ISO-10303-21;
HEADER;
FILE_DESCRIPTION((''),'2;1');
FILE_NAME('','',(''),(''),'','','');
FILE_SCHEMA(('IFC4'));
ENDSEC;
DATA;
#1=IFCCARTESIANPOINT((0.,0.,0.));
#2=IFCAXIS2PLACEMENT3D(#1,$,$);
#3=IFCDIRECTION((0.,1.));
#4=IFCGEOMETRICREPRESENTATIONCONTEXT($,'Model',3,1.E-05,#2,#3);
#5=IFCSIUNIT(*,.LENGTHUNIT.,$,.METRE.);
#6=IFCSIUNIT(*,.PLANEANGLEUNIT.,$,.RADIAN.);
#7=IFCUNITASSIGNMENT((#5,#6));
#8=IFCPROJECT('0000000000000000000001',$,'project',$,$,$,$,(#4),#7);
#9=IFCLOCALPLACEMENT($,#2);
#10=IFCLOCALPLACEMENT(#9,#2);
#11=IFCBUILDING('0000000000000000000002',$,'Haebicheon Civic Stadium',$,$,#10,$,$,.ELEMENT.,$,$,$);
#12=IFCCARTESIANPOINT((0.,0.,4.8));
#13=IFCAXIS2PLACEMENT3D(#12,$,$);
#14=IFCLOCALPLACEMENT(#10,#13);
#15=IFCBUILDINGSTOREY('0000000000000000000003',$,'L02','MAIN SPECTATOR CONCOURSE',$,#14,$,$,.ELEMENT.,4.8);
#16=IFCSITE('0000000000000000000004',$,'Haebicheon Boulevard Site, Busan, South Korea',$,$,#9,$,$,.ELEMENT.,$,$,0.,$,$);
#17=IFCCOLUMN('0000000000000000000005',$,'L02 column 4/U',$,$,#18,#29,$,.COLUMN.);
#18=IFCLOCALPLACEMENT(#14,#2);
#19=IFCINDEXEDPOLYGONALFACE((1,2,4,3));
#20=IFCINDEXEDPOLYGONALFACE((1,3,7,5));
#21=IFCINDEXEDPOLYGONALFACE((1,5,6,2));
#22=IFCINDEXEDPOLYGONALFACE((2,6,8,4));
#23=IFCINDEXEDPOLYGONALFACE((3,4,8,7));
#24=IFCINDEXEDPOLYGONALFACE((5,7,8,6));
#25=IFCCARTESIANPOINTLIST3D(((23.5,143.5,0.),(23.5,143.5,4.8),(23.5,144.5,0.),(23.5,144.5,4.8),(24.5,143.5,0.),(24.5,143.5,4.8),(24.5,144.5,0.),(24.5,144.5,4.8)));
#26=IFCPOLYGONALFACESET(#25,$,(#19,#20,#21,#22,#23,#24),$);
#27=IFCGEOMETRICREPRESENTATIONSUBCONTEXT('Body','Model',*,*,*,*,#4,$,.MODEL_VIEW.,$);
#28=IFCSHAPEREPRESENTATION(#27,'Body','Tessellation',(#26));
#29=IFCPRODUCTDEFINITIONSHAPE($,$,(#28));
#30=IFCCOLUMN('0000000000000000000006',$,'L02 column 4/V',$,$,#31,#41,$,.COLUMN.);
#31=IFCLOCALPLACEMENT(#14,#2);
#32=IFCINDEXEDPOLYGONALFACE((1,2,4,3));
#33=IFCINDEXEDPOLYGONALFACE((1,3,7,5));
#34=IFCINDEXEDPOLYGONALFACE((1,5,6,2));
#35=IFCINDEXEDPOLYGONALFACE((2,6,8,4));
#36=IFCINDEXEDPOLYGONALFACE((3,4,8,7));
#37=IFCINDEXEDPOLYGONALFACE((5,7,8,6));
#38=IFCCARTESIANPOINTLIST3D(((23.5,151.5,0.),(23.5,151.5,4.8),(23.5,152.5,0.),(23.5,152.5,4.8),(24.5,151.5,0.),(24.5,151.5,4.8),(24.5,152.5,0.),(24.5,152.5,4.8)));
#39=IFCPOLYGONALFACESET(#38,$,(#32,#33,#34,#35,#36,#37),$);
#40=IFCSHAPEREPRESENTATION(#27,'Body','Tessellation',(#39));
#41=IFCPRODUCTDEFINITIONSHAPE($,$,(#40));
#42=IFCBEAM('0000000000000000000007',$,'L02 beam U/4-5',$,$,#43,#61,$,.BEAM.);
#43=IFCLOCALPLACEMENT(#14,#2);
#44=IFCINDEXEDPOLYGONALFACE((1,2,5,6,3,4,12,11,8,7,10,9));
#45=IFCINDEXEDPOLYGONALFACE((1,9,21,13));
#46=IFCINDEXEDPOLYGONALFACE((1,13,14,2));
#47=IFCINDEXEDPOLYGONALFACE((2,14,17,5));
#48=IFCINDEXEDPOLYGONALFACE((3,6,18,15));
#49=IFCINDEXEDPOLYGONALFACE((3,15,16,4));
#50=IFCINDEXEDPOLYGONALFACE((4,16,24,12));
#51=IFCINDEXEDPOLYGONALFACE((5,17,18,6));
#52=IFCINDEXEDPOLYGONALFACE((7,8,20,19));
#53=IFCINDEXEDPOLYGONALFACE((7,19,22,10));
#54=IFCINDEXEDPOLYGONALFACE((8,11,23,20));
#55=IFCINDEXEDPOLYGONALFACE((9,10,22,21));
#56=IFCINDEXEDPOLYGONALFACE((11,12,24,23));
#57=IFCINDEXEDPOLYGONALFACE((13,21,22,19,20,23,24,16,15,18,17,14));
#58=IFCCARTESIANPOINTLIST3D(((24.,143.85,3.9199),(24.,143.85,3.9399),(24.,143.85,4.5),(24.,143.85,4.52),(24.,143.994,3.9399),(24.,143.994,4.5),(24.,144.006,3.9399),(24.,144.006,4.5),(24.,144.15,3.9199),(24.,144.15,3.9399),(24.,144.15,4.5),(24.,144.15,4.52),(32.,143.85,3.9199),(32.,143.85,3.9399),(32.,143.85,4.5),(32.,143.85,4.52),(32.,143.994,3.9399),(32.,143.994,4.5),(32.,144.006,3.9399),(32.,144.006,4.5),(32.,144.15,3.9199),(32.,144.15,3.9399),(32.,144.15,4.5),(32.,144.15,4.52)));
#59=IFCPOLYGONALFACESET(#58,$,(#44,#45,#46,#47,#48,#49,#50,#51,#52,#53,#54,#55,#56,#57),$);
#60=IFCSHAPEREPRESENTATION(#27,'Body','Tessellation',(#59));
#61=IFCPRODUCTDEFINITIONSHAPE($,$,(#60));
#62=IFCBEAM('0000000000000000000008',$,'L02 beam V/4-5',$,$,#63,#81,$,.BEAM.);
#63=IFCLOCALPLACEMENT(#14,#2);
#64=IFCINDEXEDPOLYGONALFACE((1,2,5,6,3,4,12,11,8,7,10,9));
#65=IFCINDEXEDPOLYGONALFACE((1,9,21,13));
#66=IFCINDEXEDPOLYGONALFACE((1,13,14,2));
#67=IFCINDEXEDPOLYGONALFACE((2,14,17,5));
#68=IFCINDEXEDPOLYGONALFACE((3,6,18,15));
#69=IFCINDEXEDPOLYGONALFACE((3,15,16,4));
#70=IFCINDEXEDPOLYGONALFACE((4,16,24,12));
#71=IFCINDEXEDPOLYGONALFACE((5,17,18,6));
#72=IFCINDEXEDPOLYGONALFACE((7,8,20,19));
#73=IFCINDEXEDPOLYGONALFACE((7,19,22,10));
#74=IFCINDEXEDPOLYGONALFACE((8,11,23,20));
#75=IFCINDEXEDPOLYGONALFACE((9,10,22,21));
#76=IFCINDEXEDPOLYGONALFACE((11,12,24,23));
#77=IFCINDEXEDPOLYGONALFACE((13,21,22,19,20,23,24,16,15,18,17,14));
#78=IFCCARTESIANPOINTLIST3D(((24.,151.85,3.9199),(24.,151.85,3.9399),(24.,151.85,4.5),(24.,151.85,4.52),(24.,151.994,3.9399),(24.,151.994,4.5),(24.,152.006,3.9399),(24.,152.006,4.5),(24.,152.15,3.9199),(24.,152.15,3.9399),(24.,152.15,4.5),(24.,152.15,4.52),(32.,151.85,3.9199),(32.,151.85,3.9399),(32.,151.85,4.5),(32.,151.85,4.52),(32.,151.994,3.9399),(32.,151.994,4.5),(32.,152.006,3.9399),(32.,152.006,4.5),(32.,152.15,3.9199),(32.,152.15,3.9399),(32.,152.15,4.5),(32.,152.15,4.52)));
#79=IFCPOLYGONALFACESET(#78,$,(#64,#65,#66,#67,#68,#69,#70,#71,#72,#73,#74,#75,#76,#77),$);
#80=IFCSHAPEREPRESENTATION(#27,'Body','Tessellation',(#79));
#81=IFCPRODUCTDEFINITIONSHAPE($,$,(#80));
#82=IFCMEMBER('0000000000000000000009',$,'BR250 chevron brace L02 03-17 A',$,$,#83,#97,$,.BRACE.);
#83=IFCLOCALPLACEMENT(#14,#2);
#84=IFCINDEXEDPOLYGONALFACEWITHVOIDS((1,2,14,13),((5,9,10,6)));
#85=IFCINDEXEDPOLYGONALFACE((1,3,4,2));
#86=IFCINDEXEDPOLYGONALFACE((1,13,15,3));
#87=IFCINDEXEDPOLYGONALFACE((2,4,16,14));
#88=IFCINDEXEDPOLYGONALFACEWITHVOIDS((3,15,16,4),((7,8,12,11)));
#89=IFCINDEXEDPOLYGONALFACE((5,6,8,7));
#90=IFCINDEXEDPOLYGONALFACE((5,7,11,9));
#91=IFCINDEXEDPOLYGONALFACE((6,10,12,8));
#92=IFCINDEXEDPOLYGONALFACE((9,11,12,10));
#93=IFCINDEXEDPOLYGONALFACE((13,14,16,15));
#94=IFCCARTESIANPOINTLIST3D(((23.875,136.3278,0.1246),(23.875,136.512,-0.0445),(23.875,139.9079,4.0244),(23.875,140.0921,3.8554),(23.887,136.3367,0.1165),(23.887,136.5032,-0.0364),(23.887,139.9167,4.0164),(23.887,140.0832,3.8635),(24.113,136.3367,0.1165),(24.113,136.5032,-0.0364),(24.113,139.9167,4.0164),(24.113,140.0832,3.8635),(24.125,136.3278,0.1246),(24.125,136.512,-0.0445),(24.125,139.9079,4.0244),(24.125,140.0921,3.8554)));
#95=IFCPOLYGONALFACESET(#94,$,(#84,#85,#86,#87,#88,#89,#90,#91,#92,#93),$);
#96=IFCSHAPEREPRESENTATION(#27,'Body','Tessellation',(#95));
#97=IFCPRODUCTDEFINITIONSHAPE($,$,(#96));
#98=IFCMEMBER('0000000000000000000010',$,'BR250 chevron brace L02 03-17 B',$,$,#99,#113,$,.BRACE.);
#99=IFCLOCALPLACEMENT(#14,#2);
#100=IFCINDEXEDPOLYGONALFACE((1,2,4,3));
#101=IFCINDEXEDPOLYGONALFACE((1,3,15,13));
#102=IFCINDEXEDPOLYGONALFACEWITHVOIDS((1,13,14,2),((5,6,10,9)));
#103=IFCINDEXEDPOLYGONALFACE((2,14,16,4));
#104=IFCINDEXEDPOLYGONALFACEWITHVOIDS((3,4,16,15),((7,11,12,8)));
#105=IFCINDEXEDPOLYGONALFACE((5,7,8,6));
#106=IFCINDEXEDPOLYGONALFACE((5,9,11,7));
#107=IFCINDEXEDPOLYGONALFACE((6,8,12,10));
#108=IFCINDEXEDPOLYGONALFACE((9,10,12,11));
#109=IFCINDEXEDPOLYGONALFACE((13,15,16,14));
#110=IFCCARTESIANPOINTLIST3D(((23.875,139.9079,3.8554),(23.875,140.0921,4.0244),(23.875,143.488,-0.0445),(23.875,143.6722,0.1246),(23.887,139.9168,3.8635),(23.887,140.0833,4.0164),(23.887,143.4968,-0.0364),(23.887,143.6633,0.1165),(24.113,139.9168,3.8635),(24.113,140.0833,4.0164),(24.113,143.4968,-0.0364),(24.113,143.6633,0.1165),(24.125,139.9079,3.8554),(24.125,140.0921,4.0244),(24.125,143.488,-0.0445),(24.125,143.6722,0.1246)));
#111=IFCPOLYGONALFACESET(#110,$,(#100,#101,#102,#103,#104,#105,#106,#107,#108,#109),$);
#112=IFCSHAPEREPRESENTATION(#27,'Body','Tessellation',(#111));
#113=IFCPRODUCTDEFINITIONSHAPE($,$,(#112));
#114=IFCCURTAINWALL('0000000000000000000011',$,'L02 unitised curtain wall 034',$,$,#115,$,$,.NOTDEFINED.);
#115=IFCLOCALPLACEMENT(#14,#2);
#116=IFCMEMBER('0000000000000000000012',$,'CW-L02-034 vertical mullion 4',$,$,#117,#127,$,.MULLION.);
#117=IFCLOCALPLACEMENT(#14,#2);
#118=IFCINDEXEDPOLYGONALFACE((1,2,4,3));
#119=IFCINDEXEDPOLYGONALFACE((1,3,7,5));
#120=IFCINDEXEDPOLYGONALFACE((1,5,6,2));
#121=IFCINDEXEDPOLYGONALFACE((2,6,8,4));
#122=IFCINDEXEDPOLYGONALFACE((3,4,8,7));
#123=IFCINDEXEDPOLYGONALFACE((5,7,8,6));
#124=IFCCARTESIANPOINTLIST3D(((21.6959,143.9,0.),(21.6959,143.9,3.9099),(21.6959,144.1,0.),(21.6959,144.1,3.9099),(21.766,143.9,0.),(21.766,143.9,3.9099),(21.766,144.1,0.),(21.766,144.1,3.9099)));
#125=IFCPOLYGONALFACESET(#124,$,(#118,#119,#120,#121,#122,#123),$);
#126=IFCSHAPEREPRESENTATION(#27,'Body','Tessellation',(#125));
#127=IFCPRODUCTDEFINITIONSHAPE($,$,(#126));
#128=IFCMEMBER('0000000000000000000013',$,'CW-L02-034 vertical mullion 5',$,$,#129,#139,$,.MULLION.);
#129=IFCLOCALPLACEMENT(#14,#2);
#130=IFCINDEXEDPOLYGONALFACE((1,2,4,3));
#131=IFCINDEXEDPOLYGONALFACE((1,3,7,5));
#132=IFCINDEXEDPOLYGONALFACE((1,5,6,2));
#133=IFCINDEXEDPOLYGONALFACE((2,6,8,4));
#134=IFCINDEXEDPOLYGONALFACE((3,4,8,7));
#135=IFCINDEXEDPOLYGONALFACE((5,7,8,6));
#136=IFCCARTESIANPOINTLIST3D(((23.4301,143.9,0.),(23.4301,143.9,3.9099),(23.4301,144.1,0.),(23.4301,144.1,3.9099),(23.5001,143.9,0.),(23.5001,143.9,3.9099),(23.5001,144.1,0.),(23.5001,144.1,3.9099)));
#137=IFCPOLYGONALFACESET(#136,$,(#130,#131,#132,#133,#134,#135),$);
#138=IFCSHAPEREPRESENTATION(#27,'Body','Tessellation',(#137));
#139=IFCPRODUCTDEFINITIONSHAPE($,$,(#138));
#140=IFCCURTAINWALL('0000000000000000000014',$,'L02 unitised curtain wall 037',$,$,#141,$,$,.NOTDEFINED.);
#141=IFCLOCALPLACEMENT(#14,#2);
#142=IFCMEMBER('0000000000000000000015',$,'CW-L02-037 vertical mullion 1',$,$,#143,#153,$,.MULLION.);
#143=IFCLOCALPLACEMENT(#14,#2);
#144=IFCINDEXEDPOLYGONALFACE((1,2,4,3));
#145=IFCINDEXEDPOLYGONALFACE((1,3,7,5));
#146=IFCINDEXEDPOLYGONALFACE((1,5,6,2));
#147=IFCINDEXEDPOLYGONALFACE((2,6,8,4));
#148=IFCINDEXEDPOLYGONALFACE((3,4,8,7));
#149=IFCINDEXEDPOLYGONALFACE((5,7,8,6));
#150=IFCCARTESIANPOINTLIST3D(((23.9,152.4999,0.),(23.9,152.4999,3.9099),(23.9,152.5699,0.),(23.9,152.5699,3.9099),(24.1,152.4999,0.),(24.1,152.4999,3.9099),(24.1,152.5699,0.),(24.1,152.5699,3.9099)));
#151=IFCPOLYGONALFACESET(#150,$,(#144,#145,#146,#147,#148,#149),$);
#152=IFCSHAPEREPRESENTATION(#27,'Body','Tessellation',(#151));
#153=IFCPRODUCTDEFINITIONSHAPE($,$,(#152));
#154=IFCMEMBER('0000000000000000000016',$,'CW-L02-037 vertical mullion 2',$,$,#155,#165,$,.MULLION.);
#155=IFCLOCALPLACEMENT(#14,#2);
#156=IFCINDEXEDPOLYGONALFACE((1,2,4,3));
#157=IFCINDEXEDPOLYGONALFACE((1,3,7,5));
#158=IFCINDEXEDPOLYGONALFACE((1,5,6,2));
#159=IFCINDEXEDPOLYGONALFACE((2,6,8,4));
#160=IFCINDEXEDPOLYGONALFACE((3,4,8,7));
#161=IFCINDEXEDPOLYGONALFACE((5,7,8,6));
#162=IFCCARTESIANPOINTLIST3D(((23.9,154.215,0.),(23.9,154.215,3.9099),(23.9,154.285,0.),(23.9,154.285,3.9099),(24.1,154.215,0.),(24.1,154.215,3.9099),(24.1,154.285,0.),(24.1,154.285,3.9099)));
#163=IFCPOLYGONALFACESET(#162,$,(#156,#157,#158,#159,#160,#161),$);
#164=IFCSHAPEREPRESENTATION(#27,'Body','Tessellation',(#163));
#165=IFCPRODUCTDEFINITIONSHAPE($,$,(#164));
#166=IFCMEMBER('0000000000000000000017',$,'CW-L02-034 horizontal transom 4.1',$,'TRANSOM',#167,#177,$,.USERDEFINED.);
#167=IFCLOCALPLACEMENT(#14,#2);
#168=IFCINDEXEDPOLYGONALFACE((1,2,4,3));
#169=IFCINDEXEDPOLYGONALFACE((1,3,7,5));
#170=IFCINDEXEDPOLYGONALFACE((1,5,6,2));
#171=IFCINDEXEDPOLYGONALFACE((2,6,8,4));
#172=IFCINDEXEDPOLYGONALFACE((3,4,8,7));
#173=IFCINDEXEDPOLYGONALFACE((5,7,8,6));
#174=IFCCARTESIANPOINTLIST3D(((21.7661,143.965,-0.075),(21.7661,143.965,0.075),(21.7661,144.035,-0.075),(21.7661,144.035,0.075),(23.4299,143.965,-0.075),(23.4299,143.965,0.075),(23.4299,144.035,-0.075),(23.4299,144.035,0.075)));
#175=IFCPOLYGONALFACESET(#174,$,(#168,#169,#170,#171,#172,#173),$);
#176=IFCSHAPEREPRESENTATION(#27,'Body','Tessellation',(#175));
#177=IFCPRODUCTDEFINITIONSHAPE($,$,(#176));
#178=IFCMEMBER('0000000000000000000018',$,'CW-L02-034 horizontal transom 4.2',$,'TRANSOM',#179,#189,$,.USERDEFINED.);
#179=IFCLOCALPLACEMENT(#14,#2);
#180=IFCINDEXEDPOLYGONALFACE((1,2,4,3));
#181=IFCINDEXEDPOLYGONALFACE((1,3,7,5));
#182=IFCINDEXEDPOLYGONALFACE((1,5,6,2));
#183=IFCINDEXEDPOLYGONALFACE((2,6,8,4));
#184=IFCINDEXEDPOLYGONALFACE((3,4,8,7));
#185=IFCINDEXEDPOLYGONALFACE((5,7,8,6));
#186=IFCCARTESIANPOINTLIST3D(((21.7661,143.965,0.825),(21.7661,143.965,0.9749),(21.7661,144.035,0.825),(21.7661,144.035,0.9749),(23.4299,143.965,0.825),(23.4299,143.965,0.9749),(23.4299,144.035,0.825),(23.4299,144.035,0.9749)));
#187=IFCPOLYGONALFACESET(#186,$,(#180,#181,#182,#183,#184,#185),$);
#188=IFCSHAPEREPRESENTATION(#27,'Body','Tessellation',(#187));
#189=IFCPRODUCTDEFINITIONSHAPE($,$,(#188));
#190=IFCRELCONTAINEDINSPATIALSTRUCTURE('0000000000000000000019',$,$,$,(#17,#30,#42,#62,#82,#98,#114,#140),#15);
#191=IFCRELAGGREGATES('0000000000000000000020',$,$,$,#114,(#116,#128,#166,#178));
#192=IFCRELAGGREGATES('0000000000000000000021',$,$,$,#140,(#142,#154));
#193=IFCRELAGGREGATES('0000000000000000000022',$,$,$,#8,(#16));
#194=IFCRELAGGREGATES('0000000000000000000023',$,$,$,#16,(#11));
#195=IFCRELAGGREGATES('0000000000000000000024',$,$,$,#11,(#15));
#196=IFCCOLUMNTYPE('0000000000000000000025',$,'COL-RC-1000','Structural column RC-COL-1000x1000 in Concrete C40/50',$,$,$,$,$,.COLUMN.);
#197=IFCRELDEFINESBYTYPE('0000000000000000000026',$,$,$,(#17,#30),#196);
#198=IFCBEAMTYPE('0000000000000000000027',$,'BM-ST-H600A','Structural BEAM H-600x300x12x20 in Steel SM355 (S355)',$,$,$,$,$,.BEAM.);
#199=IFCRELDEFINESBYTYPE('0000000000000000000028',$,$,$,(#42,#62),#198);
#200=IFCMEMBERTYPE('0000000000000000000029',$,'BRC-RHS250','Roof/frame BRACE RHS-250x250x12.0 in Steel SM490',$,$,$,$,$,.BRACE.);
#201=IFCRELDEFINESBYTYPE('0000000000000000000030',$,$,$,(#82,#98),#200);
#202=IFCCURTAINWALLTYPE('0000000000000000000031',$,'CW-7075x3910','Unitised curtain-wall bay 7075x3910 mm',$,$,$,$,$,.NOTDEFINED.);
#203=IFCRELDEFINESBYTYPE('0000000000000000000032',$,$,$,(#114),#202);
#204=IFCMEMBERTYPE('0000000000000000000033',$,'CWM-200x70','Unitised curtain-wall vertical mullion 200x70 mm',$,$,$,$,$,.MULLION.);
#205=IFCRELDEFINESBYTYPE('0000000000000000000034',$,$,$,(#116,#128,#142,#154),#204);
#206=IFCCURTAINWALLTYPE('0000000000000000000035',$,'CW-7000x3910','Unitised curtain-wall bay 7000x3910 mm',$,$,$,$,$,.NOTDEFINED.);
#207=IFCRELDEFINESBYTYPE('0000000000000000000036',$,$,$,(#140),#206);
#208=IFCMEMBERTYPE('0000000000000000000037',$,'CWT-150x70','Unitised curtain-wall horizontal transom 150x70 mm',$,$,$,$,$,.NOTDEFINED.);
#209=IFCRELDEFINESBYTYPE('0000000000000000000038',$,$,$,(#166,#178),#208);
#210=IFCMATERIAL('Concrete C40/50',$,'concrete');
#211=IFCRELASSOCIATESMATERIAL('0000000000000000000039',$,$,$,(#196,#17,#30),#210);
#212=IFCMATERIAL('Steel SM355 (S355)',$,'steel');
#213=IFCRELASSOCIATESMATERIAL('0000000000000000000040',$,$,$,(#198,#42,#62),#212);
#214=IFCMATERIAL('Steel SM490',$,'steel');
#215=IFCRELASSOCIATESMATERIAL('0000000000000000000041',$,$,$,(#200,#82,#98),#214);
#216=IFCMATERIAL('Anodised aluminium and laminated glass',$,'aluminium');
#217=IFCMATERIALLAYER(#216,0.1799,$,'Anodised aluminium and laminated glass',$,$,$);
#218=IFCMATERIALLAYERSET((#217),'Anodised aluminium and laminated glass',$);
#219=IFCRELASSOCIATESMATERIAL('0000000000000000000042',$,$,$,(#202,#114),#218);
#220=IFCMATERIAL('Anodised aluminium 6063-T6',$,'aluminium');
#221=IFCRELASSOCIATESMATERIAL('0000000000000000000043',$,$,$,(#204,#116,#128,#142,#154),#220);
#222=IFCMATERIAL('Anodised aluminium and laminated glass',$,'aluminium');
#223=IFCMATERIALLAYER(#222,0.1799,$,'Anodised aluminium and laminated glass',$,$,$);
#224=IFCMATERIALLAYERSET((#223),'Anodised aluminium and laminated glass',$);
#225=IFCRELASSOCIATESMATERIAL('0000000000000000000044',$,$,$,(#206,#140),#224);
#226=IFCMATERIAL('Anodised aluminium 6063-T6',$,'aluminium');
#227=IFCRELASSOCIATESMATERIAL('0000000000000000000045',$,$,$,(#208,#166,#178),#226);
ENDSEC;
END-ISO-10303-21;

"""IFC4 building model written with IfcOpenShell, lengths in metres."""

from ifc_helpers import new_model, si_unit, direction, frame, origin, origin_2d, place, context, subcontext, project, spatial, rectangle, hollow_rectangle, i_section, extrude, material, layer, layer_set, material_profile, profile_set, type_object, element, aggregate, save


model = new_model("IFC4")

# Units and contexts
model_context = context("Model", 3, precision=1e-05, world=origin(), true_north=direction((0.0, 1.0)))
body_context = subcontext(model_context, "Body", "Model", "MODEL_VIEW")
ifc_project = project(units=[si_unit("LENGTHUNIT", "METRE"), si_unit("PLANEANGLEUNIT", "RADIAN")], contexts=[model_context])

# Site, building, storey
site_placement = place(None, origin())
site = spatial("IfcSite", under=ifc_project, at=site_placement, Name="Haebicheon Boulevard Site, Busan, South Korea", CompositionType="ELEMENT", RefElevation=0.0)
building_placement = place(site_placement, origin())
building = spatial("IfcBuilding", under=site, at=building_placement, Name="Haebicheon Civic Stadium", CompositionType="ELEMENT")
storey_placement = place(building_placement, frame((0.0, 0.0, 4.8)))
storey = spatial("IfcBuildingStorey", under=building, at=storey_placement, Name="L02", Description="MAIN SPECTATOR CONCOURSE", CompositionType="ELEMENT", Elevation=4.8)

# Columns
ifc_material_1 = material(Name="Concrete C40/50", Category="concrete")
ifc_material_profile_1 = material_profile(ifc_material_1, rectangle(XDim=1.0, YDim=1.0, at=origin_2d()), Name="RC-COL-1000x1000")
ifc_profile_set_1 = profile_set([ifc_material_profile_1], Name="Concrete C40/50")
column_type = type_object("IfcColumnType", Name="COL-RC-1000", Description="Structural column RC-COL-1000x1000 in Concrete C40/50", PredefinedType="COLUMN", material=ifc_profile_set_1)
for number, where, z_axis, x_axis, name in (
    (1, (24.0, 144.0, 0.0), (0.0, 0.0, 1.0), (1.0, 0.0, 0.0), "L02 column 4/U"),
    (2, (24.0, 152.0, 0.0), (0.0, 0.0, 1.0), (1.0, 0.0, 0.0), "L02 column 4/V"),
):
    element("IfcColumn", number, at=place(storey_placement, frame(where, z_axis=z_axis, x_axis=x_axis)), inside=storey, type_object=column_type, material=ifc_profile_set_1, Name=name, PredefinedType="COLUMN", context=body_context, shape_type="SweptSolid", body=[
        extrude(rectangle(XDim=1.0, YDim=1.0, at=origin_2d()), origin(), (0.0, 0.0, 1.0), 4.8),
    ])

# Beams
ifc_material_2 = material(Name="Steel SM355 (S355)", Category="steel")
ifc_material_profile_2 = material_profile(ifc_material_2, i_section(OverallWidth=0.3, OverallDepth=0.6001, WebThickness=0.012, FlangeThickness=0.02, at=origin_2d()), Name="H-600x300x12x20")
ifc_profile_set_2 = profile_set([ifc_material_profile_2], Name="Steel SM355 (S355)")
beam_type_1 = type_object("IfcBeamType", Name="BM-ST-H600A", Description="Structural BEAM H-600x300x12x20 in Steel SM355 (S355)", PredefinedType="BEAM", material=ifc_profile_set_2)
for number, where, z_axis, x_axis, name in (
    (3, (24.0, 144.0, 4.22), (1.0, 0.0, 0.0), (0.0, 1.0, 0.0), "L02 beam U/4-5"),
    (4, (24.0, 152.0, 4.22), (1.0, 0.0, 0.0), (0.0, 1.0, 0.0), "L02 beam V/4-5"),
):
    element("IfcBeam", number, at=place(storey_placement, frame(where, z_axis=z_axis, x_axis=x_axis)), inside=storey, type_object=beam_type_1, material=ifc_profile_set_2, Name=name, PredefinedType="BEAM", context=body_context, shape_type="SweptSolid", body=[
        extrude(i_section(OverallWidth=0.3, OverallDepth=0.6001, WebThickness=0.012, FlangeThickness=0.02, at=origin_2d()), origin(), (0.0, 0.0, 1.0), 8.0),
    ])

# Members
ifc_material_3 = material(Name="Steel SM490", Category="steel")
ifc_material_profile_3 = material_profile(ifc_material_3, hollow_rectangle(XDim=0.25, YDim=0.25, WallThickness=0.012, at=origin_2d()), Name="RHS-250x250x12.0")
ifc_profile_set_3 = profile_set([ifc_material_profile_3], Name="Steel SM490")
member_type_1 = type_object("IfcMemberType", Name="BRC-RHS250", Description="Roof/frame BRACE RHS-250x250x12.0 in Steel SM490", PredefinedType="BRACE", material=ifc_profile_set_3)
for number, where, z_axis, x_axis, name in (
    (5, (24.0, 136.4199, 0.04), (0.0, 0.676255, 0.736668), (-1.0, 0.0, 0.0), "BR250 chevron brace L02 03-17 A"),
    (6, (24.0, 143.5801, 0.04), (0.0, -0.676255, 0.736668), (1.0, 0.0, 0.0), "BR250 chevron brace L02 03-17 B"),
):
    element("IfcMember", number, at=place(storey_placement, frame(where, z_axis=z_axis, x_axis=x_axis)), inside=storey, type_object=member_type_1, material=ifc_profile_set_3, Name=name, PredefinedType="BRACE", context=body_context, shape_type="SweptSolid", body=[
        extrude(hollow_rectangle(XDim=0.25, YDim=0.25, WallThickness=0.012, at=origin_2d()), origin(), (0.0, 0.0, 1.0), 5.2939),
    ])

# Curtain walls, members
ifc_material_4 = material(Name="Anodised aluminium and laminated glass", Category="aluminium")
ifc_layer_1 = layer(ifc_material_4, 0.1799, Name="Anodised aluminium and laminated glass")
ifc_layer_set_1 = layer_set([ifc_layer_1], Name="Anodised aluminium and laminated glass")
curtain_wall_type_1 = type_object("IfcCurtainWallType", Name="CW-7075x3910", Description="Unitised curtain-wall bay 7075x3910 mm", PredefinedType="NOTDEFINED", material=ifc_layer_set_1)
curtain_wall_1_placement = place(storey_placement, origin())
curtain_wall_1 = element("IfcCurtainWall", 7, at=curtain_wall_1_placement, inside=storey, type_object=curtain_wall_type_1, material=ifc_layer_set_1, Name="L02 unitised curtain wall 034", PredefinedType="NOTDEFINED")
ifc_material_5 = material(Name="Anodised aluminium 6063-T6", Category="aluminium")
ifc_material_profile_4 = material_profile(ifc_material_5, rectangle(XDim=0.0701, YDim=0.2, at=origin_2d()), Name="ALU-MULL-70x200")
ifc_profile_set_4 = profile_set([ifc_material_profile_4], Name="Anodised aluminium 6063-T6")
member_type_2 = type_object("IfcMemberType", Name="CWM-200x70", Description="Unitised curtain-wall vertical mullion 200x70 mm", PredefinedType="MULLION", material=ifc_profile_set_4)
member_1_placement = place(storey_placement, frame((21.731, 144.0, 0.0), z_axis=(0.0, 0.0, 1.0), x_axis=(1.0, 0.0, 0.0)))
member_1 = element("IfcMember", 8, at=member_1_placement, type_object=member_type_2, material=ifc_profile_set_4, Name="CW-L02-034 vertical mullion 4", PredefinedType="MULLION", context=body_context, shape_type="SweptSolid", body=[
    extrude(rectangle(XDim=0.0701, YDim=0.2, at=origin_2d()), origin(), (0.0, 0.0, 1.0), 3.9099),
])
member_2_placement = place(storey_placement, frame((23.4651, 144.0, 0.0), z_axis=(0.0, 0.0, 1.0), x_axis=(1.0, 0.0, 0.0)))
member_2 = element("IfcMember", 9, at=member_2_placement, type_object=member_type_2, material=ifc_profile_set_4, Name="CW-L02-034 vertical mullion 5", PredefinedType="MULLION", context=body_context, shape_type="SweptSolid", body=[
    extrude(rectangle(XDim=0.0701, YDim=0.2, at=origin_2d()), origin(), (0.0, 0.0, 1.0), 3.9099),
])
ifc_material_6 = material(Name="Anodised aluminium and laminated glass", Category="aluminium")
ifc_layer_2 = layer(ifc_material_6, 0.1799, Name="Anodised aluminium and laminated glass")
ifc_layer_set_2 = layer_set([ifc_layer_2], Name="Anodised aluminium and laminated glass")
curtain_wall_type_2 = type_object("IfcCurtainWallType", Name="CW-7000x3910", Description="Unitised curtain-wall bay 7000x3910 mm", PredefinedType="NOTDEFINED", material=ifc_layer_set_2)
curtain_wall_2_placement = place(storey_placement, origin())
curtain_wall_2 = element("IfcCurtainWall", 10, at=curtain_wall_2_placement, inside=storey, type_object=curtain_wall_type_2, material=ifc_layer_set_2, Name="L02 unitised curtain wall 037", PredefinedType="NOTDEFINED")
member_3_placement = place(storey_placement, frame((24.0, 152.5349, 0.0), z_axis=(0.0, 0.0, 1.0), x_axis=(0.0, 1.0, 0.0)))
member_3 = element("IfcMember", 11, at=member_3_placement, type_object=member_type_2, material=ifc_profile_set_4, Name="CW-L02-037 vertical mullion 1", PredefinedType="MULLION", context=body_context, shape_type="SweptSolid", body=[
    extrude(rectangle(XDim=0.0701, YDim=0.2, at=origin_2d()), origin(), (0.0, 0.0, 1.0), 3.9099),
])
member_4_placement = place(storey_placement, frame((24.0, 154.25, 0.0), z_axis=(0.0, 0.0, 1.0), x_axis=(0.0, 1.0, 0.0)))
member_4 = element("IfcMember", 12, at=member_4_placement, type_object=member_type_2, material=ifc_profile_set_4, Name="CW-L02-037 vertical mullion 2", PredefinedType="MULLION", context=body_context, shape_type="SweptSolid", body=[
    extrude(rectangle(XDim=0.0701, YDim=0.2, at=origin_2d()), origin(), (0.0, 0.0, 1.0), 3.9099),
])

# Members
ifc_material_7 = material(Name="Anodised aluminium 6063-T6", Category="aluminium")
ifc_material_profile_5 = material_profile(ifc_material_7, rectangle(XDim=0.0701, YDim=0.1499, at=origin_2d()), Name="ALU-TRAN-70x150")
ifc_profile_set_5 = profile_set([ifc_material_profile_5], Name="Anodised aluminium 6063-T6")
member_type_3 = type_object("IfcMemberType", Name="CWT-150x70", Description="Unitised curtain-wall horizontal transom 150x70 mm", PredefinedType="NOTDEFINED", material=ifc_profile_set_5)
member_5_placement = place(storey_placement, frame((21.7661, 144.0, 0.0), z_axis=(1.0, 0.0, 0.0), x_axis=(0.0, 1.0, 0.0)))
member_5 = element("IfcMember", 13, at=member_5_placement, type_object=member_type_3, material=ifc_profile_set_5, Name="CW-L02-034 horizontal transom 4.1", ObjectType="TRANSOM", PredefinedType="USERDEFINED", context=body_context, shape_type="SweptSolid", body=[
    extrude(rectangle(XDim=0.0701, YDim=0.1499, at=origin_2d()), origin(), (0.0, 0.0, 1.0), 1.6638),
])
member_6_placement = place(storey_placement, frame((21.7661, 144.0, 0.8999), z_axis=(1.0, 0.0, 0.0), x_axis=(0.0, 1.0, 0.0)))
member_6 = element("IfcMember", 14, at=member_6_placement, type_object=member_type_3, material=ifc_profile_set_5, Name="CW-L02-034 horizontal transom 4.2", ObjectType="TRANSOM", PredefinedType="USERDEFINED", context=body_context, shape_type="SweptSolid", body=[
    extrude(rectangle(XDim=0.0701, YDim=0.1499, at=origin_2d()), origin(), (0.0, 0.0, 1.0), 1.6638),
])

aggregate(curtain_wall_1, [member_1, member_2, member_5, member_6])
aggregate(curtain_wall_2, [member_3, member_4])

save(model, "model.ifc")
